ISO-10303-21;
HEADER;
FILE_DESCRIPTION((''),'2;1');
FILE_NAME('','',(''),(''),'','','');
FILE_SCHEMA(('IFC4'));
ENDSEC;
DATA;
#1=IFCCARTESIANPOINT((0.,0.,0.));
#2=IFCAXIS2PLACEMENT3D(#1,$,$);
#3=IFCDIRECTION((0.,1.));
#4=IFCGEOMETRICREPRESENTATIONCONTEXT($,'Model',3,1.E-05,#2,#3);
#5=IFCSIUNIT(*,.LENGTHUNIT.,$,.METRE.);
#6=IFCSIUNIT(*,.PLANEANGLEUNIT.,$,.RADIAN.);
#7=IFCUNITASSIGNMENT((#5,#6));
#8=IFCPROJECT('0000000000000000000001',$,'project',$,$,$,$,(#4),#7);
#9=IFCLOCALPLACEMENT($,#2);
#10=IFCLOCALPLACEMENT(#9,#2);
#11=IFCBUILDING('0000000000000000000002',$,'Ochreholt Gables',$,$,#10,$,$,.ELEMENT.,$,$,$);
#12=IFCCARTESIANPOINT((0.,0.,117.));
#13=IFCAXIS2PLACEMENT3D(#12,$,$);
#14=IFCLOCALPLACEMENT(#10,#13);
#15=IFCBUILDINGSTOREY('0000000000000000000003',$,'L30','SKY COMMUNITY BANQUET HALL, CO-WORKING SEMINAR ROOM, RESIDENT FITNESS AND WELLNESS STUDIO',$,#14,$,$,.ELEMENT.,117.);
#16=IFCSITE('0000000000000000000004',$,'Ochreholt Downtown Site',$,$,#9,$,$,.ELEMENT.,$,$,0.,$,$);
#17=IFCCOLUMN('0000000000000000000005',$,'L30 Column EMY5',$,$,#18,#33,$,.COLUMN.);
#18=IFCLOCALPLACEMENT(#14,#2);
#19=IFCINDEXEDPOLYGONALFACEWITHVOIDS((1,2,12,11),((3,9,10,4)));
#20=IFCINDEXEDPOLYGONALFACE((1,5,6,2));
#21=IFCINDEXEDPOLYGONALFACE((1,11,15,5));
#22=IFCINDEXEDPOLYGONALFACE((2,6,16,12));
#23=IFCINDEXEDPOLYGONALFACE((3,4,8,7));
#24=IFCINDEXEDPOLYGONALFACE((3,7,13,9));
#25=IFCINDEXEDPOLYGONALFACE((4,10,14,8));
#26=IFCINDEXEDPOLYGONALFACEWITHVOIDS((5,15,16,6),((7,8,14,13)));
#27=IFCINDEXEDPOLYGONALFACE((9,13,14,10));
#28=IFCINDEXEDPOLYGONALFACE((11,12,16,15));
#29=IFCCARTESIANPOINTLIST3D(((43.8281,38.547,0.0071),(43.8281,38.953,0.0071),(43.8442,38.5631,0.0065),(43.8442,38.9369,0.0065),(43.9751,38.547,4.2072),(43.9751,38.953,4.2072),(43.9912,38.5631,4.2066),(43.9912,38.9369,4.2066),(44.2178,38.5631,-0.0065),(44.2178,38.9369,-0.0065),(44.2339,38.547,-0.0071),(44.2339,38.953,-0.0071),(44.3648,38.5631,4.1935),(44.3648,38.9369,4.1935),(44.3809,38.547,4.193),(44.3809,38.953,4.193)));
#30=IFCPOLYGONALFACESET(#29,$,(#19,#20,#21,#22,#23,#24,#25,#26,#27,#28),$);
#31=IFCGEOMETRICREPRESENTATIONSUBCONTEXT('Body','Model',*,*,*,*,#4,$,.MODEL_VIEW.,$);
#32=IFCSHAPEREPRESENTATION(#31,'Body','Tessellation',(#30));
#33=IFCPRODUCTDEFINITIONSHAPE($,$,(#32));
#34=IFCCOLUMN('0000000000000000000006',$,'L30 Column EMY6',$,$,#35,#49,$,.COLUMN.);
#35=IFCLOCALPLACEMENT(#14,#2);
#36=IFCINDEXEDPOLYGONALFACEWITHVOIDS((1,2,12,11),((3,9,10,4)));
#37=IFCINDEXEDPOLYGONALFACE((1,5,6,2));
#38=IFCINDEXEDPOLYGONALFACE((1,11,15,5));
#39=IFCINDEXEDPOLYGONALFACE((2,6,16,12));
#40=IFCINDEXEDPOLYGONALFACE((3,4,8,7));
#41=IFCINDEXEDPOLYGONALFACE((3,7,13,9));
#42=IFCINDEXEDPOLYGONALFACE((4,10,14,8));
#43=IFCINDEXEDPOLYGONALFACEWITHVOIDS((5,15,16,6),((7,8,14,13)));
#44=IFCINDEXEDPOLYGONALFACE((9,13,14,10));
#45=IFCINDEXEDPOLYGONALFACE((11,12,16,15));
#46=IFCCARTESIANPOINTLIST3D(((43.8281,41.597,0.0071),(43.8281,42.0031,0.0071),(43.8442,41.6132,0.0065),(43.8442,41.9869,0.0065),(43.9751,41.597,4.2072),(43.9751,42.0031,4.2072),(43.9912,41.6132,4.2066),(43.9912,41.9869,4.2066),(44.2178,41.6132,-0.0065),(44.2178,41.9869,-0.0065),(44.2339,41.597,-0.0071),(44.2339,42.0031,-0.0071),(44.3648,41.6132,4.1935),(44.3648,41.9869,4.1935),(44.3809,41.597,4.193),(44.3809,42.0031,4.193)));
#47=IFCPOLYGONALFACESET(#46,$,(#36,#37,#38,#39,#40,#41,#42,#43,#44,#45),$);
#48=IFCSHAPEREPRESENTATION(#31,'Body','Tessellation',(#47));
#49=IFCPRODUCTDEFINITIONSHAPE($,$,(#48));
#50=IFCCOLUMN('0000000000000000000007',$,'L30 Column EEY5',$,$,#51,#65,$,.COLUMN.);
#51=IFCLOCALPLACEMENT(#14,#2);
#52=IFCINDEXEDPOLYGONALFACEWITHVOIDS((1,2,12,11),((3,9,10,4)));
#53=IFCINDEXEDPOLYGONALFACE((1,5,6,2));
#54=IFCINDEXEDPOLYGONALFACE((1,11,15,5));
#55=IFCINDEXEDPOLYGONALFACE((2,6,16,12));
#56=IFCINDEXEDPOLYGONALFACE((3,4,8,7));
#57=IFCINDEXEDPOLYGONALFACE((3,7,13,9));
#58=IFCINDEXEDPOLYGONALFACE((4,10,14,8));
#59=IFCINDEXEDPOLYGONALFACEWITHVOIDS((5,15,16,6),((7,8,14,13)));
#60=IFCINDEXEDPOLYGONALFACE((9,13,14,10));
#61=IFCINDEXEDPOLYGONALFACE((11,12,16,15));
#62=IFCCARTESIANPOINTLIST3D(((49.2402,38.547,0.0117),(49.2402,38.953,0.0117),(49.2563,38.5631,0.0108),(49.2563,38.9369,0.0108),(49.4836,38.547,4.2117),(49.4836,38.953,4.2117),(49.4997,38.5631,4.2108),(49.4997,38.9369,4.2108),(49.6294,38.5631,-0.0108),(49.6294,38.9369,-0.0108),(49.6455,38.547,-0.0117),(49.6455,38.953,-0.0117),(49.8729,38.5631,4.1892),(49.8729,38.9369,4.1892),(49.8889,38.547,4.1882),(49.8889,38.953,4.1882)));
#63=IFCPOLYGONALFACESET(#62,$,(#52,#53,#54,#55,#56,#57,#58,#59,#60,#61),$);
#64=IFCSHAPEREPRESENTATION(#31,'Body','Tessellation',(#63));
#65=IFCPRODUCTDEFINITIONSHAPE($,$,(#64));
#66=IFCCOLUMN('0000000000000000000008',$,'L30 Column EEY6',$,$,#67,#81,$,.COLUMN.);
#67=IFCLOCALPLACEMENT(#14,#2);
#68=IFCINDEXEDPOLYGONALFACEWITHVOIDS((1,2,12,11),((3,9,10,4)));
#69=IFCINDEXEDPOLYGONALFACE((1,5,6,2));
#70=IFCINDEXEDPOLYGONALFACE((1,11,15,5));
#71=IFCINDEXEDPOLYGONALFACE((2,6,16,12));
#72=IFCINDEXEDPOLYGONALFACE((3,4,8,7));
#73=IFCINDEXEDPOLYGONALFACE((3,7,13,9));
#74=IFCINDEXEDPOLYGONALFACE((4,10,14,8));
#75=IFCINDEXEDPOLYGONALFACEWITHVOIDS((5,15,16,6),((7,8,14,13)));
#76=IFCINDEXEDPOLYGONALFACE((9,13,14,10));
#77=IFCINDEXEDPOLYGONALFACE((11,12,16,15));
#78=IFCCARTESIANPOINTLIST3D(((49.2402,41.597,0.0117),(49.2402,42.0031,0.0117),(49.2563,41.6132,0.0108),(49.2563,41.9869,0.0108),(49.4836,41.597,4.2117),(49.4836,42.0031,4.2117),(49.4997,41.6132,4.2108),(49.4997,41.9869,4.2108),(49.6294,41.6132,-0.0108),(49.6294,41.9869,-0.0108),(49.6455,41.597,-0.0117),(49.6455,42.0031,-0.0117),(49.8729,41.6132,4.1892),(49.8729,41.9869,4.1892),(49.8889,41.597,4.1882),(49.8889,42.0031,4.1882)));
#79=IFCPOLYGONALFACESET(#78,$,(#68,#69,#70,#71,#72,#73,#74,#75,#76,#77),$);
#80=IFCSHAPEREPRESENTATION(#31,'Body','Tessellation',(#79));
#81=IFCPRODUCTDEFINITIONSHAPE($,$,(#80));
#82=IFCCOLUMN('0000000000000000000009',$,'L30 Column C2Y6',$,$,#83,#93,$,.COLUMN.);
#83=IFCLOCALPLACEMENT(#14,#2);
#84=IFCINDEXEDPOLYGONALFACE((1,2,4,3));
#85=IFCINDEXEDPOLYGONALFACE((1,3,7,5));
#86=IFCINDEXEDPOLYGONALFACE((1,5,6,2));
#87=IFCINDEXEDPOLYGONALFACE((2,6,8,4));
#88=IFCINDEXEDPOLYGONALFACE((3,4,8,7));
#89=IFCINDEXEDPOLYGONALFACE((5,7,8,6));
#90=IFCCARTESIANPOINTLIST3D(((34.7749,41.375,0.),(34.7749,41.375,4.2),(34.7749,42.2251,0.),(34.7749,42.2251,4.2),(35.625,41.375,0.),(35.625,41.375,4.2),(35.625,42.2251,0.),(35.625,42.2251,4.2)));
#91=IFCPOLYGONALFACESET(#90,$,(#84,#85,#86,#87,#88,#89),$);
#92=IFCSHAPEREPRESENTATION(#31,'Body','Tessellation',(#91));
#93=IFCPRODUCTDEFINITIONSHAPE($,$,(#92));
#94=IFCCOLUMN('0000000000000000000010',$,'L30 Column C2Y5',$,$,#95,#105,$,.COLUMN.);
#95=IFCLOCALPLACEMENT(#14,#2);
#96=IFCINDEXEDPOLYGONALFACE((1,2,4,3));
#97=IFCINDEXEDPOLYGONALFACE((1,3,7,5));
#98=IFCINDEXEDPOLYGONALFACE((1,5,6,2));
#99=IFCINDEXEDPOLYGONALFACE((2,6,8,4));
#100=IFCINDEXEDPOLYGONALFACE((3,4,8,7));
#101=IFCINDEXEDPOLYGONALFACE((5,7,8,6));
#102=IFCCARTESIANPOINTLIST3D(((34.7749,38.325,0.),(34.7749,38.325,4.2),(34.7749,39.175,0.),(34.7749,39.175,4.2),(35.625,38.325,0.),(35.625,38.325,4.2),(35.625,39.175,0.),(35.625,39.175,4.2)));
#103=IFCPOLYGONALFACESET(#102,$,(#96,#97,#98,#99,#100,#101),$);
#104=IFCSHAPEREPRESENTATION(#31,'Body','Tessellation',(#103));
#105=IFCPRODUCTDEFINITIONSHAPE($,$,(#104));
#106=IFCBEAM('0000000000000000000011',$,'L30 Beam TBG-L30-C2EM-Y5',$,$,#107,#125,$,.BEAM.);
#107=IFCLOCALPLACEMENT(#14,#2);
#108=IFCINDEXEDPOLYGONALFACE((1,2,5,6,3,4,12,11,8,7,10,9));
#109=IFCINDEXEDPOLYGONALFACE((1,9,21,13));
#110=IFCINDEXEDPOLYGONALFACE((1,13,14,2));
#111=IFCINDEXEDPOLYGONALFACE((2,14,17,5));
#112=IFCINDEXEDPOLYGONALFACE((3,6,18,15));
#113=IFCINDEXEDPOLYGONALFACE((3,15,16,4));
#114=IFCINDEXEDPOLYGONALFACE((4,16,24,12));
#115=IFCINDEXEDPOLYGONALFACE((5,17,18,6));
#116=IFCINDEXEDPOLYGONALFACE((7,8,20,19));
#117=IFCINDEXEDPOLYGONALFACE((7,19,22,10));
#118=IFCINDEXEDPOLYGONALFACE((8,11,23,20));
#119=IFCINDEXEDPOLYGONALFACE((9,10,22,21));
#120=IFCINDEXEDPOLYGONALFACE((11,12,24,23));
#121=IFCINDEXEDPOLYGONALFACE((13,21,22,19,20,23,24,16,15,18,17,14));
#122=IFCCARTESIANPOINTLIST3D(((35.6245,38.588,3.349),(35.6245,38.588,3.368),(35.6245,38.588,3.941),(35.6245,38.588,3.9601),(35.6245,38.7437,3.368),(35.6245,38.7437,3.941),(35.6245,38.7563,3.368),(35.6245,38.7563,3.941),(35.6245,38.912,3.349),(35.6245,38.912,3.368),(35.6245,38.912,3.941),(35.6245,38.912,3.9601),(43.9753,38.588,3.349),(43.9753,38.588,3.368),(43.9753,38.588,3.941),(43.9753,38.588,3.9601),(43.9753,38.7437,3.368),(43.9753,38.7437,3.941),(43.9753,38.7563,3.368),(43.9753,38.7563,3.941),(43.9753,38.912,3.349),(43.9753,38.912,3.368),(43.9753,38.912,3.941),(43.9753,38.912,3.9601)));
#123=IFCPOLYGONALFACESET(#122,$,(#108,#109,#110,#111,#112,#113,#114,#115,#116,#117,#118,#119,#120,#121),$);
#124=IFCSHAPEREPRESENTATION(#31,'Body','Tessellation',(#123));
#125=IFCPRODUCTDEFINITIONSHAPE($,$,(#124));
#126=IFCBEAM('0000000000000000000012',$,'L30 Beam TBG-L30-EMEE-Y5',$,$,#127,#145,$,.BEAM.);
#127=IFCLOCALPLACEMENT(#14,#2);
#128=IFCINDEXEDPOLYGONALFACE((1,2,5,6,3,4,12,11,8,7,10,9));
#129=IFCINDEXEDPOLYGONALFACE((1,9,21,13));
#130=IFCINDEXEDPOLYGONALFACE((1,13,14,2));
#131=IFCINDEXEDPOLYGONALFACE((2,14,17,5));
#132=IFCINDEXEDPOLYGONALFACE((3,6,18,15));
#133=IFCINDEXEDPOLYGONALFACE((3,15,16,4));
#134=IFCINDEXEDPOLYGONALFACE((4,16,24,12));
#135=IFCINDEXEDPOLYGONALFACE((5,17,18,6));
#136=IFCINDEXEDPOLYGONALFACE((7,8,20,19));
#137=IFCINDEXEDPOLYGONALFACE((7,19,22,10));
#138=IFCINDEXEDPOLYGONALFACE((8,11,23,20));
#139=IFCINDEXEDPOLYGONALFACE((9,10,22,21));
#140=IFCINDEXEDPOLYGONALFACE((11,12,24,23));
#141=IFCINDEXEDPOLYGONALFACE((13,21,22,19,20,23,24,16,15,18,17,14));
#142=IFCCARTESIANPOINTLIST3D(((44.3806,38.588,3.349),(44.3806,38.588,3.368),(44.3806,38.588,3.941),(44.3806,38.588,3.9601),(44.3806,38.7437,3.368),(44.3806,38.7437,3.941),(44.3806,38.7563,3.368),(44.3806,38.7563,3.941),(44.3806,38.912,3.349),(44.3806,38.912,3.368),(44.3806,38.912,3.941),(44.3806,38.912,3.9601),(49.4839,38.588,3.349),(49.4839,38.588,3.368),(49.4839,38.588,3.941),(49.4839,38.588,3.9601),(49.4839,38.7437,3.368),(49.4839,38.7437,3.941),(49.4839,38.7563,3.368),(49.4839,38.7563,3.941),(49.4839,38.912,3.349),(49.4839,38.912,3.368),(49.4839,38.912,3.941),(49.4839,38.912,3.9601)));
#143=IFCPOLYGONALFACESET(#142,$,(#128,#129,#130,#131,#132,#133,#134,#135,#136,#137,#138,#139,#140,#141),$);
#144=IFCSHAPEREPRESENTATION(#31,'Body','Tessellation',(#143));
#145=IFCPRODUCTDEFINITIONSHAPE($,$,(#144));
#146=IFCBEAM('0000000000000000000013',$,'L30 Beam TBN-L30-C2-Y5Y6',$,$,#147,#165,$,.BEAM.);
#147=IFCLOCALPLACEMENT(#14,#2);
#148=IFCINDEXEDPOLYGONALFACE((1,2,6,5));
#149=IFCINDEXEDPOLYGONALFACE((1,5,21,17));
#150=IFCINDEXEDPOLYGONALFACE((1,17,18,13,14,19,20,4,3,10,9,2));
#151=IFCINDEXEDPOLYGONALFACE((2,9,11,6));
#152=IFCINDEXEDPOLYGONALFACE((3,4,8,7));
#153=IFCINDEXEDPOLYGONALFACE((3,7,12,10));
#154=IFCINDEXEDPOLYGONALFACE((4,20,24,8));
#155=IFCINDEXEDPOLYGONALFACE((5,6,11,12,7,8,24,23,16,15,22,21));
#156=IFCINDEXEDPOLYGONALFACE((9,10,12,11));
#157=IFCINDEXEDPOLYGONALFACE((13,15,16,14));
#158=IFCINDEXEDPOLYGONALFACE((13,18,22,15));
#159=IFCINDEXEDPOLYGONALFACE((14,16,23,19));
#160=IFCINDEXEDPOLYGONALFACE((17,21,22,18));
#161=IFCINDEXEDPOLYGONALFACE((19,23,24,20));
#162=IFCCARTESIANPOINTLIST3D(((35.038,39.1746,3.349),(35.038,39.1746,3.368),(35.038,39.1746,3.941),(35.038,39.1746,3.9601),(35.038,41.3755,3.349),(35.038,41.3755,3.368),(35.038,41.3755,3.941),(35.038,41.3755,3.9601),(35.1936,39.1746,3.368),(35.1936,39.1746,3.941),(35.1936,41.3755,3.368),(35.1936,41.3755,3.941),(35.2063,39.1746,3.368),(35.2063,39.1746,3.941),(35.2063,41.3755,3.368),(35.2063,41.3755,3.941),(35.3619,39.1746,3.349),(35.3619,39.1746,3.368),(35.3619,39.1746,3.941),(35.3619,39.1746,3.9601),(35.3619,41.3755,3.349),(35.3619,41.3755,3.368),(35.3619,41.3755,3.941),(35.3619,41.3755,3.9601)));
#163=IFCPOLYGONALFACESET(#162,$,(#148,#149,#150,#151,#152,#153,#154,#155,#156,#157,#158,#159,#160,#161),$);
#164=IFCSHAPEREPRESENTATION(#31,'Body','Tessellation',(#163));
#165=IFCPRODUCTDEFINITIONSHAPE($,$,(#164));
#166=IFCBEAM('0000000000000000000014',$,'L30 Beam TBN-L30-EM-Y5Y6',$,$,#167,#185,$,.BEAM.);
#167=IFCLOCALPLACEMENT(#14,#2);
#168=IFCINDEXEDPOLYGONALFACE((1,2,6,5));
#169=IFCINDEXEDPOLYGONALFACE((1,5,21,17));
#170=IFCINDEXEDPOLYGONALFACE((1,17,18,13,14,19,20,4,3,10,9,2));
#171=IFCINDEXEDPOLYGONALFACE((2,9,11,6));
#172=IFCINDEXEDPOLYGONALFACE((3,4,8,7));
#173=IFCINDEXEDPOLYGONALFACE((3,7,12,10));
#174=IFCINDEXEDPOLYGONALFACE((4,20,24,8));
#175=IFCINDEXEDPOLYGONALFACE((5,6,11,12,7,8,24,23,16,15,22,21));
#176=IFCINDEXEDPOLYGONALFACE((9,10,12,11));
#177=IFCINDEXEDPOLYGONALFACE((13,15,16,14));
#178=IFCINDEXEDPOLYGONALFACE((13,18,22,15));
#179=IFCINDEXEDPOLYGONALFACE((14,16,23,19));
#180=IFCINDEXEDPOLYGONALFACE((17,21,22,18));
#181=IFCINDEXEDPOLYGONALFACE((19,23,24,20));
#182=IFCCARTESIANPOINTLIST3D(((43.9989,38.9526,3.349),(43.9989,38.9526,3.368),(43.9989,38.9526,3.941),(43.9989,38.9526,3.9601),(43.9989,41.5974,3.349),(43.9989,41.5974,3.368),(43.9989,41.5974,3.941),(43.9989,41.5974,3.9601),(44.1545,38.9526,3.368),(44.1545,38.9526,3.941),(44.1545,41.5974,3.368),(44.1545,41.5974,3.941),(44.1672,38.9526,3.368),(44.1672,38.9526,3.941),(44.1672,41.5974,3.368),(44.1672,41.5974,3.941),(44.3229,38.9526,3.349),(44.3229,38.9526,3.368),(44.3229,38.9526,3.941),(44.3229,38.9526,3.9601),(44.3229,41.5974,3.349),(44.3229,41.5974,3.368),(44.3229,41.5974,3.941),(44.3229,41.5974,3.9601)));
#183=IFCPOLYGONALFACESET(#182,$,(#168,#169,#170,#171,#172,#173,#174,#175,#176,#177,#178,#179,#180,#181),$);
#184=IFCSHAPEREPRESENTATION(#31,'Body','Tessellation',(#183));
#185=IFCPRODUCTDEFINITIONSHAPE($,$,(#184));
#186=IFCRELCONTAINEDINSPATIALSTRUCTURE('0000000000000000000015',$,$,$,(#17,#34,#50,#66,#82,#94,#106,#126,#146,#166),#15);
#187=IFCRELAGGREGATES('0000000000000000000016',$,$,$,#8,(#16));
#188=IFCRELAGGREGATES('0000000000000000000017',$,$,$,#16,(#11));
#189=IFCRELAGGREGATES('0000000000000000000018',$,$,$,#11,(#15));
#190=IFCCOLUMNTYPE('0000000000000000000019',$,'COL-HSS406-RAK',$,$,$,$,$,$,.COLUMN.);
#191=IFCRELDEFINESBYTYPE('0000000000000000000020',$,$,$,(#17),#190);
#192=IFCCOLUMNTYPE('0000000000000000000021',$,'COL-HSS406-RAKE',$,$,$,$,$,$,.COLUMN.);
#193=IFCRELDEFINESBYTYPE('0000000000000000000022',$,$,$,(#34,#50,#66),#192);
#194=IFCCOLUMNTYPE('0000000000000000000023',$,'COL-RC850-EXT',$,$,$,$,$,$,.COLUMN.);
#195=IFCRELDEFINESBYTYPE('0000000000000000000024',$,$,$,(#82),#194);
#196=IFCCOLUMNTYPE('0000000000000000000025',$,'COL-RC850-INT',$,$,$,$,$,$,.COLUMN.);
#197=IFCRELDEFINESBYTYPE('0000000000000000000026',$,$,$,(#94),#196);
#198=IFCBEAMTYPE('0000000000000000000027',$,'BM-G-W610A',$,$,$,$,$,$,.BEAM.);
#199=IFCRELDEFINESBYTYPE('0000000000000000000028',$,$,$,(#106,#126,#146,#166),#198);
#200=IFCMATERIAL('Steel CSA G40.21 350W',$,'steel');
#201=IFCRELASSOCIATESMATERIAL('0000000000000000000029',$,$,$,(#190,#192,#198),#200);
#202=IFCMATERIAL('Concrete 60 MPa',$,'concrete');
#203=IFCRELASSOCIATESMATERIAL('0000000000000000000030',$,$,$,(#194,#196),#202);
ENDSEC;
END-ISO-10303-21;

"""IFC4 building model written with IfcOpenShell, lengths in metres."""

from ifc_helpers import new_model, si_unit, direction, frame, origin, origin_2d, place, context, subcontext, project, spatial, rectangle, hollow_rectangle, i_section, extrude, material, material_profile, profile_set, type_object, element, save


model = new_model("IFC4")

# Units and contexts
model_context = context("Model", 3, precision=1e-05, world=origin(), true_north=direction((0.0, 1.0)))
body_context = subcontext(model_context, "Body", "Model", "MODEL_VIEW")
ifc_project = project(units=[si_unit("LENGTHUNIT", "METRE"), si_unit("PLANEANGLEUNIT", "RADIAN")], contexts=[model_context])

# Site, building, storey
site_placement = place(None, origin())
site = spatial("IfcSite", under=ifc_project, at=site_placement, Name="Ochreholt Downtown Site", CompositionType="ELEMENT", RefElevation=0.0)
building_placement = place(site_placement, origin())
building = spatial("IfcBuilding", under=site, at=building_placement, Name="Ochreholt Gables", CompositionType="ELEMENT")
storey_placement = place(building_placement, frame((0.0, 0.0, 117.0)))
storey = spatial("IfcBuildingStorey", under=building, at=storey_placement, Name="L30", Description="SKY COMMUNITY BANQUET HALL, CO-WORKING SEMINAR ROOM, RESIDENT FITNESS AND WELLNESS STUDIO", CompositionType="ELEMENT", Elevation=117.0)

# Columns
ifc_material_1 = material(Name="Steel CSA G40.21 350W", Category="steel")
ifc_material_profile_1 = material_profile(ifc_material_1, hollow_rectangle(XDim=0.406, YDim=0.406, WallThickness=0.0161, at=origin_2d()), Name="HSS406X406X16")
ifc_profile_set_1 = profile_set([ifc_material_profile_1], Name="Steel CSA G40.21 350W")
column_type_1 = type_object("IfcColumnType", Name="COL-HSS406-RAK", PredefinedType="COLUMN", material=ifc_profile_set_1)
column_1_placement = place(storey_placement, frame((44.031, 38.75, 0.0), z_axis=(0.034972, 0.0, 0.999388), x_axis=(0.0, 1.0, 0.0)))
element("IfcColumn", 1, at=column_1_placement, inside=storey, type_object=column_type_1, Name="L30 Column EMY5", PredefinedType="COLUMN", context=body_context, shape_type="SweptSolid", body=[
    extrude(hollow_rectangle(XDim=0.406, YDim=0.406, WallThickness=0.0161, at=origin_2d()), origin(), (0.0, 0.0, 1.0), 4.2026),
])
ifc_material_profile_2 = material_profile(ifc_material_1, hollow_rectangle(XDim=0.406, YDim=0.406, WallThickness=0.0161, at=origin_2d()), Name="HSS406X406X16")
ifc_profile_set_2 = profile_set([ifc_material_profile_2], Name="Steel CSA G40.21 350W")
column_type_2 = type_object("IfcColumnType", Name="COL-HSS406-RAKE", PredefinedType="COLUMN", material=ifc_profile_set_2)
column_2_placement = place(storey_placement, frame((44.031, 41.8, 0.0), z_axis=(0.034972, 0.0, 0.999388), x_axis=(0.0, 1.0, 0.0)))
element("IfcColumn", 2, at=column_2_placement, inside=storey, type_object=column_type_2, Name="L30 Column EMY6", PredefinedType="COLUMN", context=body_context, shape_type="SweptSolid", body=[
    extrude(hollow_rectangle(XDim=0.406, YDim=0.406, WallThickness=0.0161, at=origin_2d()), origin(), (0.0, 0.0, 1.0), 4.2026),
])
for number, where, z_axis, x_axis, name in (
    (3, (49.4429, 38.75, 0.0), (0.057858, 0.0, 0.998325), (0.0, 1.0, 0.0), "L30 Column EEY5"),
    (4, (49.4429, 41.8, 0.0), (0.057858, 0.0, 0.998325), (0.0, 1.0, 0.0), "L30 Column EEY6"),
):
    element("IfcColumn", number, at=place(storey_placement, frame(where, z_axis=z_axis, x_axis=x_axis)), inside=storey, type_object=column_type_2, Name=name, PredefinedType="COLUMN", context=body_context, shape_type="SweptSolid", body=[
        extrude(hollow_rectangle(XDim=0.406, YDim=0.406, WallThickness=0.0161, at=origin_2d()), origin(), (0.0, 0.0, 1.0), 4.207),
    ])
ifc_material_2 = material(Name="Concrete 60 MPa", Category="concrete")
ifc_material_profile_3 = material_profile(ifc_material_2, rectangle(XDim=0.8501, YDim=0.8501, at=origin_2d()), Name="RC850X850")
ifc_profile_set_3 = profile_set([ifc_material_profile_3], Name="Concrete 60 MPa")
column_type_3 = type_object("IfcColumnType", Name="COL-RC850-EXT", PredefinedType="COLUMN", material=ifc_profile_set_3)
column_3_placement = place(storey_placement, frame((35.2, 41.8, 0.0), z_axis=(0.0, 0.0, 1.0), x_axis=(1.0, 0.0, 0.0)))
element("IfcColumn", 5, at=column_3_placement, inside=storey, type_object=column_type_3, Name="L30 Column C2Y6", PredefinedType="COLUMN", context=body_context, shape_type="SweptSolid", body=[
    extrude(rectangle(XDim=0.8501, YDim=0.8501, at=origin_2d()), origin(), (0.0, 0.0, 1.0), 4.2),
])
ifc_material_profile_4 = material_profile(ifc_material_2, rectangle(XDim=0.8501, YDim=0.8501, at=origin_2d()), Name="RC850X850")
ifc_profile_set_4 = profile_set([ifc_material_profile_4], Name="Concrete 60 MPa")
column_type_4 = type_object("IfcColumnType", Name="COL-RC850-INT", PredefinedType="COLUMN", material=ifc_profile_set_4)
column_4_placement = place(storey_placement, frame((35.2, 38.75, 0.0), z_axis=(0.0, 0.0, 1.0), x_axis=(1.0, 0.0, 0.0)))
element("IfcColumn", 6, at=column_4_placement, inside=storey, type_object=column_type_4, Name="L30 Column C2Y5", PredefinedType="COLUMN", context=body_context, shape_type="SweptSolid", body=[
    extrude(rectangle(XDim=0.8501, YDim=0.8501, at=origin_2d()), origin(), (0.0, 0.0, 1.0), 4.2),
])

# Beams
ifc_material_profile_5 = material_profile(ifc_material_1, i_section(OverallWidth=0.324, OverallDepth=0.6111, WebThickness=0.0127, FlangeThickness=0.019, at=origin_2d()), Name="W610X155")
ifc_profile_set_5 = profile_set([ifc_material_profile_5], Name="Steel CSA G40.21 350W")
beam_type_1 = type_object("IfcBeamType", Name="BM-G-W610A", PredefinedType="BEAM", material=ifc_profile_set_5)
beam_1_placement = place(storey_placement, frame((35.6245, 38.75, 3.6545), z_axis=(1.0, 0.0, 0.0), x_axis=(0.0, 1.0, 0.0)))
element("IfcBeam", 7, at=beam_1_placement, inside=storey, type_object=beam_type_1, Name="L30 Beam TBG-L30-C2EM-Y5", PredefinedType="BEAM", context=body_context, shape_type="SweptSolid", body=[
    extrude(i_section(OverallWidth=0.324, OverallDepth=0.6111, WebThickness=0.0127, FlangeThickness=0.019, at=origin_2d()), origin(), (0.0, 0.0, 1.0), 8.3508),
])
beam_2_placement = place(storey_placement, frame((44.3806, 38.75, 3.6545), z_axis=(1.0, 0.0, 0.0), x_axis=(0.0, 1.0, 0.0)))
element("IfcBeam", 8, at=beam_2_placement, inside=storey, type_object=beam_type_1, Name="L30 Beam TBG-L30-EMEE-Y5", PredefinedType="BEAM", context=body_context, shape_type="SweptSolid", body=[
    extrude(i_section(OverallWidth=0.324, OverallDepth=0.6111, WebThickness=0.0127, FlangeThickness=0.019, at=origin_2d()), origin(), (0.0, 0.0, 1.0), 5.1033),
])
beam_3_placement = place(storey_placement, frame((35.2, 39.1746, 3.6545), z_axis=(0.0, 1.0, 0.0), x_axis=(-1.0, 0.0, 0.0)))
element("IfcBeam", 9, at=beam_3_placement, inside=storey, type_object=beam_type_1, Name="L30 Beam TBN-L30-C2-Y5Y6", PredefinedType="BEAM", context=body_context, shape_type="SweptSolid", body=[
    extrude(i_section(OverallWidth=0.324, OverallDepth=0.6111, WebThickness=0.0127, FlangeThickness=0.019, at=origin_2d()), origin(), (0.0, 0.0, 1.0), 2.2009),
])
beam_4_placement = place(storey_placement, frame((44.1609, 38.9526, 3.6545), z_axis=(0.0, 1.0, 0.0), x_axis=(-1.0, 0.0, 0.0)))
element("IfcBeam", 10, at=beam_4_placement, inside=storey, type_object=beam_type_1, Name="L30 Beam TBN-L30-EM-Y5Y6", PredefinedType="BEAM", context=body_context, shape_type="SweptSolid", body=[
    extrude(i_section(OverallWidth=0.324, OverallDepth=0.6111, WebThickness=0.0127, FlangeThickness=0.019, at=origin_2d()), origin(), (0.0, 0.0, 1.0), 2.6448),
])

save(model, "model.ifc")
